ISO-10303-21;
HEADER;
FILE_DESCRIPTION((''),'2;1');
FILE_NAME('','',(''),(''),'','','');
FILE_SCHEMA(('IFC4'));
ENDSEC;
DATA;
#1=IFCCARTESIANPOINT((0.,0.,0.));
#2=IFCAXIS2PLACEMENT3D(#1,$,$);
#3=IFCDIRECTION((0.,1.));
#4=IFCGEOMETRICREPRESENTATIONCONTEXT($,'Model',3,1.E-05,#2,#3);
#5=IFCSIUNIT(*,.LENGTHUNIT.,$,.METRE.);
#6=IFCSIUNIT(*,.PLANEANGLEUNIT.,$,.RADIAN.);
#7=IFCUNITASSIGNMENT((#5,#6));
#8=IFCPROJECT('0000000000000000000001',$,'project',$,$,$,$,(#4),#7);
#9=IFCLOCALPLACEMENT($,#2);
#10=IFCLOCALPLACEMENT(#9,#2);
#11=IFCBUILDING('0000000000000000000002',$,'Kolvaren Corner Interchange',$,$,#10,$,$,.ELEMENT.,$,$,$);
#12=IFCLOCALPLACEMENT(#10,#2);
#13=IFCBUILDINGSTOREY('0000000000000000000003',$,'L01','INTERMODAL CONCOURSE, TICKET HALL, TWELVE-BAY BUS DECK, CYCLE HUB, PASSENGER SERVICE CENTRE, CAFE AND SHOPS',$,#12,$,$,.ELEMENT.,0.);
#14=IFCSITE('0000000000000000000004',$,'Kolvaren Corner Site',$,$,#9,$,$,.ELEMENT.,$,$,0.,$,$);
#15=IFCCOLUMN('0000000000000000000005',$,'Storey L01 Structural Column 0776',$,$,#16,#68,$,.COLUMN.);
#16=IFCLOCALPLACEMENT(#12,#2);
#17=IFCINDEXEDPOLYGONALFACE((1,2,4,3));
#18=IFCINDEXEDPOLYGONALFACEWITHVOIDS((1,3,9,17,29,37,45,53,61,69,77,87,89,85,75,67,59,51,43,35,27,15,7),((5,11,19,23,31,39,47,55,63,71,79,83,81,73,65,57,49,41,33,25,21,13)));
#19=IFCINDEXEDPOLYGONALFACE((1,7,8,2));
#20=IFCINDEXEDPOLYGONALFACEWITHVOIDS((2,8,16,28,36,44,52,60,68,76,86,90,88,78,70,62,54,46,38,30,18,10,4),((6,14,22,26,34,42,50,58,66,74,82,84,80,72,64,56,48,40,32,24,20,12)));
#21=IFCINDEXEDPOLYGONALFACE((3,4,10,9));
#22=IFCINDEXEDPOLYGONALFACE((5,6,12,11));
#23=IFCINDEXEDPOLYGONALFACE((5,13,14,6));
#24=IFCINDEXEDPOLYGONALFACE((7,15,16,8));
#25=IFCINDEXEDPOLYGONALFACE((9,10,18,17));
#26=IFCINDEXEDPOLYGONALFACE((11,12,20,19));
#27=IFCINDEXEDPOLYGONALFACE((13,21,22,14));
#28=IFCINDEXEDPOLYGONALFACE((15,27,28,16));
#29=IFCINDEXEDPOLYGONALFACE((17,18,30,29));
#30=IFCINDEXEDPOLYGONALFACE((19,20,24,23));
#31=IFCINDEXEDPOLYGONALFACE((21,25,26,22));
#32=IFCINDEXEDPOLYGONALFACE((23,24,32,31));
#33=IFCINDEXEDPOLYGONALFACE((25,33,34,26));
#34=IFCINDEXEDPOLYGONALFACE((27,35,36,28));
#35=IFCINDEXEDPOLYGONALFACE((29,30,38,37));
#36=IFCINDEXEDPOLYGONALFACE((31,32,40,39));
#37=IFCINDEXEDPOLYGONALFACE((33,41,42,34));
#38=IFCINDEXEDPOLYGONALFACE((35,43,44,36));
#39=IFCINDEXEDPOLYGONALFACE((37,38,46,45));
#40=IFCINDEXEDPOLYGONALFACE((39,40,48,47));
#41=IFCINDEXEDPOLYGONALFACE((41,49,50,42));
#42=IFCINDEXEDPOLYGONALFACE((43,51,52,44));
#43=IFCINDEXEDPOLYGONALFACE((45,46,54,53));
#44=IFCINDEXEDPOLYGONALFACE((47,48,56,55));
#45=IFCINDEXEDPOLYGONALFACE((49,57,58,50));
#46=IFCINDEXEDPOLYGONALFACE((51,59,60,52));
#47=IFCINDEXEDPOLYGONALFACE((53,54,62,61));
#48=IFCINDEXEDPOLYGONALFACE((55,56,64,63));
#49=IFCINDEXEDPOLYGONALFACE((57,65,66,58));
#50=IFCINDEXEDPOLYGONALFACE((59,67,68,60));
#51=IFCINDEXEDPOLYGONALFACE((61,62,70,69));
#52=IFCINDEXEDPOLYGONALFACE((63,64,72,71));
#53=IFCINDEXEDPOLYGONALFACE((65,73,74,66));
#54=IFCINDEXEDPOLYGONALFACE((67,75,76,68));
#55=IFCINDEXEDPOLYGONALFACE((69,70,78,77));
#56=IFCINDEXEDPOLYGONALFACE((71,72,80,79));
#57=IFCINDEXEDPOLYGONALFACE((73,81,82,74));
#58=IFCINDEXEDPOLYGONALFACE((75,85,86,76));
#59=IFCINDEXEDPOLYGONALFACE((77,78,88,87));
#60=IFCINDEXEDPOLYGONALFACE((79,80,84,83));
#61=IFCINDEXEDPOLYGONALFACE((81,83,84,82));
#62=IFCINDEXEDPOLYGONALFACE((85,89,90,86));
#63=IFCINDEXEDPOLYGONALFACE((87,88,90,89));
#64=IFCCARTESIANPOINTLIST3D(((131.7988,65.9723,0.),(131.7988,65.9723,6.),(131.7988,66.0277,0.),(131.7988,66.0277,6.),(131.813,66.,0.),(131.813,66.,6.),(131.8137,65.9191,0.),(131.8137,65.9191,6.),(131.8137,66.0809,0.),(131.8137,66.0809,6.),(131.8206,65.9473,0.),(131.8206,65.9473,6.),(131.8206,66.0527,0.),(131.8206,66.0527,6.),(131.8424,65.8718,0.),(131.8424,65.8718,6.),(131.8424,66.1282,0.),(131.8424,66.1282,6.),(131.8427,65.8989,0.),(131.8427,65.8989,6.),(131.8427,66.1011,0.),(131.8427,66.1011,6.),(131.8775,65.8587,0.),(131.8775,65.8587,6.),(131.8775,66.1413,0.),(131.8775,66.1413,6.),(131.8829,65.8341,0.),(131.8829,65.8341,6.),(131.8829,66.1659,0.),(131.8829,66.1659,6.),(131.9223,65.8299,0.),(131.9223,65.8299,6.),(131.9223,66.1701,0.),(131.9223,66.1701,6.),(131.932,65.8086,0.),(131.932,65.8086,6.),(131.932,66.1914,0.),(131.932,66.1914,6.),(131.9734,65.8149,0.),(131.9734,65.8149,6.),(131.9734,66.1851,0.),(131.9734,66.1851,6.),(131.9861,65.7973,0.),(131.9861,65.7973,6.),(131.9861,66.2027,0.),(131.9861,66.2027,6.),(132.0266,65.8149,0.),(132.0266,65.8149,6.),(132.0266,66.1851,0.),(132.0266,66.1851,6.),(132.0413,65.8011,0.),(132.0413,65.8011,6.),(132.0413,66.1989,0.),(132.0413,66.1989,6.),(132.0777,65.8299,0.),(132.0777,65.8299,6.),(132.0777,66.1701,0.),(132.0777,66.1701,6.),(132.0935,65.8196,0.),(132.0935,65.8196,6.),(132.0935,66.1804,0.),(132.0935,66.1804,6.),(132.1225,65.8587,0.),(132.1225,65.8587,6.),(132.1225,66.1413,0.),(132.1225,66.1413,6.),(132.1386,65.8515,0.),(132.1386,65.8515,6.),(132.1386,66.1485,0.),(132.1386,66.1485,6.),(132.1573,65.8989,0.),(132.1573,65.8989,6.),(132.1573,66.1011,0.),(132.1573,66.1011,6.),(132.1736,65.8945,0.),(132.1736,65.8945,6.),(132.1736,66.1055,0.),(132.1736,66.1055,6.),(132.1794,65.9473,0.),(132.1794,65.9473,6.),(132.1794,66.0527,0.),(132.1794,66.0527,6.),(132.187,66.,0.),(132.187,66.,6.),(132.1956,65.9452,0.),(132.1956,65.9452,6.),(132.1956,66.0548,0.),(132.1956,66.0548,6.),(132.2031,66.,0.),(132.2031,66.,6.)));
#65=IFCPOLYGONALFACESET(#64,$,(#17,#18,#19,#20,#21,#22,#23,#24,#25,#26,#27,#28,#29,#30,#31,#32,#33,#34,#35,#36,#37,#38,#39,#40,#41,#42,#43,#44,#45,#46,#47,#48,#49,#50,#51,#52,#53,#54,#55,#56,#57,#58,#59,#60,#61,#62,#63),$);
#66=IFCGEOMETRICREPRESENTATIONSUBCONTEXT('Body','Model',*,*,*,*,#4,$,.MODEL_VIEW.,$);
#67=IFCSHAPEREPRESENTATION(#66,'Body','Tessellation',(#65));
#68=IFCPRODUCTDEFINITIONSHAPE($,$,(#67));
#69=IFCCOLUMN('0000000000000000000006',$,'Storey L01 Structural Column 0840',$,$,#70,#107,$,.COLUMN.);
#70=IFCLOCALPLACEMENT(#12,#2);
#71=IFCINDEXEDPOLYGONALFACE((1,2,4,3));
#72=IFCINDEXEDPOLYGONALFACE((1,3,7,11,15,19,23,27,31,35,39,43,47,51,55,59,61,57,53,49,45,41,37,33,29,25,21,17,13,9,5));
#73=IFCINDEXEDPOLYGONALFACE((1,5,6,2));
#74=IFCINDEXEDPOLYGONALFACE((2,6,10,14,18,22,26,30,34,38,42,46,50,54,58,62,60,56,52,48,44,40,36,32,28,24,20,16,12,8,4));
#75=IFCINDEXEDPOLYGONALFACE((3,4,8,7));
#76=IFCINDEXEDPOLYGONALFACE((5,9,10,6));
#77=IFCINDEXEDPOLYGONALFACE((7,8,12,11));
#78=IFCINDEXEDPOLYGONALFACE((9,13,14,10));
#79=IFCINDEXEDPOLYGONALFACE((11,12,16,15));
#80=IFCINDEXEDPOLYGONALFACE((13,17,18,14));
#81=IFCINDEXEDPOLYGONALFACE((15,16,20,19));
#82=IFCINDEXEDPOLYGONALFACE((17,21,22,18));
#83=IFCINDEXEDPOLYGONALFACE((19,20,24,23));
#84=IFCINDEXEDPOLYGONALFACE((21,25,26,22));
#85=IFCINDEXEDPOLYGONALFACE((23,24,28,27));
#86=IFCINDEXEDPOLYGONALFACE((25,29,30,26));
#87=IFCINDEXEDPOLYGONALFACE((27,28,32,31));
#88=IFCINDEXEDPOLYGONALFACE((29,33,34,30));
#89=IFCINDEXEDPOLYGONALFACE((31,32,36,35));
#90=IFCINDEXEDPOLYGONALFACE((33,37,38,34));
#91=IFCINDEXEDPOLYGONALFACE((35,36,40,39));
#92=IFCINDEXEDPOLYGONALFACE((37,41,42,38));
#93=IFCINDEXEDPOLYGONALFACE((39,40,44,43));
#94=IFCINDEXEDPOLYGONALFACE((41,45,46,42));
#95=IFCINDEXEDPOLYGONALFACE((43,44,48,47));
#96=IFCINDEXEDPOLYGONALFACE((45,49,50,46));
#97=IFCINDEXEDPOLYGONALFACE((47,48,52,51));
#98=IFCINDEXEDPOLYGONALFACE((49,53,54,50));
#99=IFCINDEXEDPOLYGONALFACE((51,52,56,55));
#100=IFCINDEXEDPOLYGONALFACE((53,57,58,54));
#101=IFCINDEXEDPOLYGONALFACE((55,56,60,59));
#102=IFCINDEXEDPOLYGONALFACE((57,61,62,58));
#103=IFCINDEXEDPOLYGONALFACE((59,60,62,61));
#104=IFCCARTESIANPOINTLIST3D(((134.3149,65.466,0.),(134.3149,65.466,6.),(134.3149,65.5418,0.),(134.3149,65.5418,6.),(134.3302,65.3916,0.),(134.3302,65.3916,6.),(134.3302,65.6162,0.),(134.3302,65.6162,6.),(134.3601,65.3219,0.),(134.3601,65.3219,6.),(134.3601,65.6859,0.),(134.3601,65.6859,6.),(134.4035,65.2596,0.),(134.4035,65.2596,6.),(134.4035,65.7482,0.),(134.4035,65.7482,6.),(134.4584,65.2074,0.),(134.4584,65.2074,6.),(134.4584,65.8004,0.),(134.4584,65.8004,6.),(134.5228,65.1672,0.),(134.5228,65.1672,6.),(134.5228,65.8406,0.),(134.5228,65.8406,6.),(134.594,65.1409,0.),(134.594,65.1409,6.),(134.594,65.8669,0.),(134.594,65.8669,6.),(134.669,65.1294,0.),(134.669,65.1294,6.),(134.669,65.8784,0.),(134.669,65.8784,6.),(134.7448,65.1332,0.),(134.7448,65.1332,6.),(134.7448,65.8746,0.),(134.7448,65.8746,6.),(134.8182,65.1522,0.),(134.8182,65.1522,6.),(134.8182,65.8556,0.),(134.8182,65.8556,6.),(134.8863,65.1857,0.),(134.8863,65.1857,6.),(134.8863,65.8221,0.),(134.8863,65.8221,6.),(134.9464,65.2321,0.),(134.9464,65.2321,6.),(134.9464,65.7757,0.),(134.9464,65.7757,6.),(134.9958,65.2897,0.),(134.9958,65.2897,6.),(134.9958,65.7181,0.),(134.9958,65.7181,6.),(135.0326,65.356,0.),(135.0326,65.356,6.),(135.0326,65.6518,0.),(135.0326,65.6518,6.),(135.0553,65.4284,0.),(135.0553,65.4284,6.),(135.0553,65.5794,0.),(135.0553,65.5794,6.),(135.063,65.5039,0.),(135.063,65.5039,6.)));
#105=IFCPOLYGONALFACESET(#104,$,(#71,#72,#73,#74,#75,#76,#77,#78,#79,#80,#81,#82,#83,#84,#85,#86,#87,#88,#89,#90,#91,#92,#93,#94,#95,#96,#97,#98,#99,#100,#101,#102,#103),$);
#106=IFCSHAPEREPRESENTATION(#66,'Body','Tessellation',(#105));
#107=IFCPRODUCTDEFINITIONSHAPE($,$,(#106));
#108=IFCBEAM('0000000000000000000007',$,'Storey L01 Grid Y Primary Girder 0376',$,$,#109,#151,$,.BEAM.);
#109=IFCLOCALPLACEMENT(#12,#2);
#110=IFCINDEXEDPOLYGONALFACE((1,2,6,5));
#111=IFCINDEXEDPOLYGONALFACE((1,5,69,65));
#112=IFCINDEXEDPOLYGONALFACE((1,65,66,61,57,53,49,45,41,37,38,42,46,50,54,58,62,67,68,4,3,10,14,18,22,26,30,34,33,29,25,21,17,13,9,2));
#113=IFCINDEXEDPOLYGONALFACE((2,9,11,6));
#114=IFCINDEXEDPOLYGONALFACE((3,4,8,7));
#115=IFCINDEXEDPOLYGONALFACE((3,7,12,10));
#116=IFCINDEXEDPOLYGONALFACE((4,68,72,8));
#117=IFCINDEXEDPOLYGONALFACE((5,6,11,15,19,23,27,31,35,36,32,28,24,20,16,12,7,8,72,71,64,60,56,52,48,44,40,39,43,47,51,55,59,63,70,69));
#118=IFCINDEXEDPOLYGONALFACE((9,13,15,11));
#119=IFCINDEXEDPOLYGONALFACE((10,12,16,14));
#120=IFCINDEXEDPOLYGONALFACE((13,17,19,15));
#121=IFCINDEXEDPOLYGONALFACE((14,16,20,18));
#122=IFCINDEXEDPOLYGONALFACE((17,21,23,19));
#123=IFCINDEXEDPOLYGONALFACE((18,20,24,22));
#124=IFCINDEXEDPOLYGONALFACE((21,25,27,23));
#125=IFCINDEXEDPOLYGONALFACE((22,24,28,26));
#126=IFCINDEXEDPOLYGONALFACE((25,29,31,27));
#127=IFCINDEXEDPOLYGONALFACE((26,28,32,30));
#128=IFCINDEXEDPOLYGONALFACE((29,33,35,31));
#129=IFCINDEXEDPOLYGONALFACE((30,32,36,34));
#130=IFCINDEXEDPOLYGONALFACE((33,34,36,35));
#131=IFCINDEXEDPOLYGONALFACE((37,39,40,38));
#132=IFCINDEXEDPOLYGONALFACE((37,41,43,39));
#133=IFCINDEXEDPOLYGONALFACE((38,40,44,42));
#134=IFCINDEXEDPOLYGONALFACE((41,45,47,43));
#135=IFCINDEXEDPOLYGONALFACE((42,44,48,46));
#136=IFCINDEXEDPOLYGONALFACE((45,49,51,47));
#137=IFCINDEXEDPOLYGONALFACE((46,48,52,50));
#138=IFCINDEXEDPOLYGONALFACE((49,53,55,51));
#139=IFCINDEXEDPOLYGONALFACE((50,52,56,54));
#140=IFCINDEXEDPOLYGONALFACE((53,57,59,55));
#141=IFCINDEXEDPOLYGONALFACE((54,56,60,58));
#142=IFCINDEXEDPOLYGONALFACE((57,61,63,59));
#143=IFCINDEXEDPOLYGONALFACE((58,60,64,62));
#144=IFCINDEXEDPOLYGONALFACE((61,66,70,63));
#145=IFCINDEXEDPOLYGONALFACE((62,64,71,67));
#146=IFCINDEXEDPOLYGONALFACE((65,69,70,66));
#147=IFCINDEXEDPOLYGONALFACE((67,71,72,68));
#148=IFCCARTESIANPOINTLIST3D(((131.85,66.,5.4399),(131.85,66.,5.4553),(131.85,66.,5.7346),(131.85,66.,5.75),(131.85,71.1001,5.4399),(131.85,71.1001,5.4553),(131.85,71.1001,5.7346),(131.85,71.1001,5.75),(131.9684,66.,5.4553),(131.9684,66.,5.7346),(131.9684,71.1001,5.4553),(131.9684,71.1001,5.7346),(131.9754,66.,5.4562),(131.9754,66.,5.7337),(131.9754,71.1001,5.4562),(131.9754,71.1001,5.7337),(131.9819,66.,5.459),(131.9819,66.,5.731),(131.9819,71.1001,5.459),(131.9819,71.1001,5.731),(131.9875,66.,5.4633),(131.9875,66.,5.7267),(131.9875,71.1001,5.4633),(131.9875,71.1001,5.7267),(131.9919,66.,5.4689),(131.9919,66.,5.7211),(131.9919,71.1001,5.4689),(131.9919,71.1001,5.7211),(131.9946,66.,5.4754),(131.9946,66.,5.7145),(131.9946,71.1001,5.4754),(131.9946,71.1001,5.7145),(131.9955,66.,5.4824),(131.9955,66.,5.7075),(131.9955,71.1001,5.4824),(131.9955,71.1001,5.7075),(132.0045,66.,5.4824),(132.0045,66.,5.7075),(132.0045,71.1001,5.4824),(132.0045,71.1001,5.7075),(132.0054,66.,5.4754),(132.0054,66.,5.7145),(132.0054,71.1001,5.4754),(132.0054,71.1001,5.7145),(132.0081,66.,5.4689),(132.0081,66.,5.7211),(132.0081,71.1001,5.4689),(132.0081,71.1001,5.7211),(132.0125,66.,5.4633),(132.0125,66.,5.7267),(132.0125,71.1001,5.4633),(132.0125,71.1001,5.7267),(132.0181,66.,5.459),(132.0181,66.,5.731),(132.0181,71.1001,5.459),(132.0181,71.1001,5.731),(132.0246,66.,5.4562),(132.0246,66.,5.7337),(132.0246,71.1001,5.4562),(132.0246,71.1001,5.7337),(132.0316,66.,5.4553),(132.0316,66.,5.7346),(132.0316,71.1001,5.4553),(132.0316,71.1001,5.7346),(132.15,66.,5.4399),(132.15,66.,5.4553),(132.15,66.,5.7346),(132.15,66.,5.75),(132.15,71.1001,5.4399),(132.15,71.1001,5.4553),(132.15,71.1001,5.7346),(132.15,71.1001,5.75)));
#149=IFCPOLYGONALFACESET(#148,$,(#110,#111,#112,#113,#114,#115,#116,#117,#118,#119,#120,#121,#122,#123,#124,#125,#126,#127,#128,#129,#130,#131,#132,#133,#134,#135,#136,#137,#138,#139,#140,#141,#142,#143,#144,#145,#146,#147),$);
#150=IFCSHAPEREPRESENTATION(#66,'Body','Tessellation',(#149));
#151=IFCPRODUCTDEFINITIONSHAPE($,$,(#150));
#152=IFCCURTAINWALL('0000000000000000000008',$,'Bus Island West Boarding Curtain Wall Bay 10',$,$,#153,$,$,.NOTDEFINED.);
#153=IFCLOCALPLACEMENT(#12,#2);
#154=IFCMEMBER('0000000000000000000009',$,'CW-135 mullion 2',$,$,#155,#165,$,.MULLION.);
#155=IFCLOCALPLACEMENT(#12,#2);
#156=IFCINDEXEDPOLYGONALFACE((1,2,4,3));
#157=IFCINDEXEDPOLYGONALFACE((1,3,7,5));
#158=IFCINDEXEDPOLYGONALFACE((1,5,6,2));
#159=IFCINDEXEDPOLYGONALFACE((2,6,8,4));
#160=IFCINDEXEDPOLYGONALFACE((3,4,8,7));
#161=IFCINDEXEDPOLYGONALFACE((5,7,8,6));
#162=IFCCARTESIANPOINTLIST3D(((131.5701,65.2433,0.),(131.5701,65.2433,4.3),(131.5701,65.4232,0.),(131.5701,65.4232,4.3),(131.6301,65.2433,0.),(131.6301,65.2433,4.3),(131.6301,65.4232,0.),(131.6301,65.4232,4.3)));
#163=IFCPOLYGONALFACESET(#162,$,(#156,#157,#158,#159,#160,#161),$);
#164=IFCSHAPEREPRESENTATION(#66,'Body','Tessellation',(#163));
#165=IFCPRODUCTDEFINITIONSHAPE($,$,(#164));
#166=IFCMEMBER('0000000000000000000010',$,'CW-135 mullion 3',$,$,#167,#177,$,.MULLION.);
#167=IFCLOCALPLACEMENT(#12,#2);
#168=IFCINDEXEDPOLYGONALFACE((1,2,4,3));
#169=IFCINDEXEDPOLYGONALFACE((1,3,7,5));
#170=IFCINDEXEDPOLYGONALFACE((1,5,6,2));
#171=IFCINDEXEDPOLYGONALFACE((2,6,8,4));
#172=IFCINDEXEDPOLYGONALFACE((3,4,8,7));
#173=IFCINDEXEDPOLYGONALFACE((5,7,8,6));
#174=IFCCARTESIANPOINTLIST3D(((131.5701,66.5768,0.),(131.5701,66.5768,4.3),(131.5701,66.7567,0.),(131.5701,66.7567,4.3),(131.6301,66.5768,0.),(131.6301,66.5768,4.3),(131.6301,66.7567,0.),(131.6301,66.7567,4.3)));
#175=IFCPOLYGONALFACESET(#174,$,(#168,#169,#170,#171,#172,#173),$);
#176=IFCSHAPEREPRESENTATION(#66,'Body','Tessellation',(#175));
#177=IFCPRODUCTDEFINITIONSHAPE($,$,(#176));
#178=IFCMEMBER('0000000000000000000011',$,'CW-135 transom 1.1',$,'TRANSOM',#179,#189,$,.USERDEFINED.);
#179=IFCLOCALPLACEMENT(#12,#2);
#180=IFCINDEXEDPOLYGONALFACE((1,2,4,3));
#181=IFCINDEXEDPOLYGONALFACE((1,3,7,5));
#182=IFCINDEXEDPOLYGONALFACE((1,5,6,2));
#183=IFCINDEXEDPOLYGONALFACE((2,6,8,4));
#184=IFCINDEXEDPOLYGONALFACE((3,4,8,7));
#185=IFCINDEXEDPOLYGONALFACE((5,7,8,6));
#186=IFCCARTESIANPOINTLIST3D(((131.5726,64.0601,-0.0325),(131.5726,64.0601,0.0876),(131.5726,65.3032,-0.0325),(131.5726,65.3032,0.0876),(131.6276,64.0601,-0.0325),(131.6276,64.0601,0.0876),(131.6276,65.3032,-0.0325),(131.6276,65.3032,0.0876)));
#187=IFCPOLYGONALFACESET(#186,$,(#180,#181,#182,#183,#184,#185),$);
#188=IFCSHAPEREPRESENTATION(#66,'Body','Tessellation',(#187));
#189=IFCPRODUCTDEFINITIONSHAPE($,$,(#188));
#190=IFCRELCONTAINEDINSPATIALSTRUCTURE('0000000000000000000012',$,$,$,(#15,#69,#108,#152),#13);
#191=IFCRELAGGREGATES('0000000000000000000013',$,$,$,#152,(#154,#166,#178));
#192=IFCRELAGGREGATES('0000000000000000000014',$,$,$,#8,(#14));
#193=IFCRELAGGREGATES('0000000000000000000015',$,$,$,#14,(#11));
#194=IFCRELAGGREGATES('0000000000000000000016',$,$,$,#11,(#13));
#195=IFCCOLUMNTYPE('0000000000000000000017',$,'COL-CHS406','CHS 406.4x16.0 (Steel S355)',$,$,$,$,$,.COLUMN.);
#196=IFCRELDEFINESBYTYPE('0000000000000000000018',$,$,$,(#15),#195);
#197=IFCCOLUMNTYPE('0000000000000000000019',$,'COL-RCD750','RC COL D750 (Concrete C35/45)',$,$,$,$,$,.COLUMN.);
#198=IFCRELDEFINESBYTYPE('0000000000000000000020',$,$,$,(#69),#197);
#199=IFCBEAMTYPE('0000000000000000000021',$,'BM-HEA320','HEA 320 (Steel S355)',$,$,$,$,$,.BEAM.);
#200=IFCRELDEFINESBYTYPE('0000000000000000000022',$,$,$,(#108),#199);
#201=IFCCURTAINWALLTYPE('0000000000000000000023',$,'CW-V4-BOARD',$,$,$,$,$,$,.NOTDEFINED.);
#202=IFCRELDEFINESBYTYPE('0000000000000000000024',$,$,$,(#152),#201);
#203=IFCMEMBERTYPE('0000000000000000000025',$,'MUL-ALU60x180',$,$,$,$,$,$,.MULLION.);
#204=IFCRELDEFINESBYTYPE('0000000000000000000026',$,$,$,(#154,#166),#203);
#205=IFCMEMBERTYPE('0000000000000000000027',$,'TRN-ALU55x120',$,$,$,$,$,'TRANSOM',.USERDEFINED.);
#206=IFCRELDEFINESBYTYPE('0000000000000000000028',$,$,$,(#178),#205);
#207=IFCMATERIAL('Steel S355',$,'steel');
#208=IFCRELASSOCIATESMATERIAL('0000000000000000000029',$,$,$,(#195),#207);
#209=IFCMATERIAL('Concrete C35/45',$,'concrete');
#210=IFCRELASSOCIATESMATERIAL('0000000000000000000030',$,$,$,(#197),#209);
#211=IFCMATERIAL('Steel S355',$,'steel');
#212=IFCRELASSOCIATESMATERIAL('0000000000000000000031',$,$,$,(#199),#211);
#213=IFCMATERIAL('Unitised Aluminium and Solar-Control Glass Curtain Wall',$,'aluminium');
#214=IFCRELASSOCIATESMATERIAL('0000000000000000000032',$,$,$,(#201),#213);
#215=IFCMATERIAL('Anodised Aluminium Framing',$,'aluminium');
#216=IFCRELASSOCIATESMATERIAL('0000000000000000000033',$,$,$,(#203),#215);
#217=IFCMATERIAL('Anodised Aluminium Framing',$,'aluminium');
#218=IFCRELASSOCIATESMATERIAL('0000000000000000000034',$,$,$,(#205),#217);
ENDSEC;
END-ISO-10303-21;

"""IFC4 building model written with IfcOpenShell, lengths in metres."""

from ifc_helpers import new_model, si_unit, direction, frame, origin, origin_2d, place, context, subcontext, project, spatial, rectangle, circle, hollow_circle, i_section, extrude, material, material_profile, profile_set, type_object, element, aggregate, save


model = new_model("IFC4")

# Units and contexts
model_context = context("Model", 3, precision=1e-05, world=origin(), true_north=direction((0.0, 1.0)))
body_context = subcontext(model_context, "Body", "Model", "MODEL_VIEW")
ifc_project = project(units=[si_unit("LENGTHUNIT", "METRE"), si_unit("PLANEANGLEUNIT", "RADIAN")], contexts=[model_context])

# Site, building, storey
site_placement = place(None, origin())
site = spatial("IfcSite", under=ifc_project, at=site_placement, Name="Kolvaren Corner Site", CompositionType="ELEMENT", RefElevation=0.0)
building_placement = place(site_placement, origin())
building = spatial("IfcBuilding", under=site, at=building_placement, Name="Kolvaren Corner Interchange", CompositionType="ELEMENT")
storey_placement = place(building_placement, origin())
storey = spatial("IfcBuildingStorey", under=building, at=storey_placement, Name="L01", Description="INTERMODAL CONCOURSE, TICKET HALL, TWELVE-BAY BUS DECK, CYCLE HUB, PASSENGER SERVICE CENTRE, CAFE AND SHOPS", CompositionType="ELEMENT", Elevation=0.0)

# Columns
ifc_material_1 = material(Name="Steel S355", Category="steel")
ifc_material_profile_1 = material_profile(ifc_material_1, hollow_circle(Radius=0.2031, WallThickness=0.0161, at=origin_2d()), Name="CHS 406.4x16.0")
ifc_profile_set_1 = profile_set([ifc_material_profile_1], Name="Steel S355")
column_type_1 = type_object("IfcColumnType", Name="COL-CHS406", Description="CHS 406.4x16.0 (Steel S355)", PredefinedType="COLUMN", material=ifc_profile_set_1)
column_1_placement = place(storey_placement, frame((132.0, 66.0, 0.0), z_axis=(0.0, 0.0, 1.0), x_axis=(1.0, 0.0, 0.0)))
element("IfcColumn", 1, at=column_1_placement, inside=storey, type_object=column_type_1, Name="Storey L01 Structural Column 0776", PredefinedType="COLUMN", context=body_context, shape_type="SweptSolid", body=[
    extrude(hollow_circle(Radius=0.2031, WallThickness=0.0161, at=origin_2d()), origin(), (0.0, 0.0, 1.0), 6.0),
])
ifc_material_2 = material(Name="Concrete C35/45", Category="concrete")
ifc_material_profile_2 = material_profile(ifc_material_2, circle(Radius=0.375, at=origin_2d()), Name="RC COL D750")
ifc_profile_set_2 = profile_set([ifc_material_profile_2], Name="Concrete C35/45")
column_type_2 = type_object("IfcColumnType", Name="COL-RCD750", Description="RC COL D750 (Concrete C35/45)", PredefinedType="COLUMN", material=ifc_profile_set_2)
column_2_placement = place(storey_placement, frame((134.688, 65.5039, 0.0), z_axis=(0.0, 0.0, 1.0), x_axis=(1.0, 0.0, 0.0)))
element("IfcColumn", 2, at=column_2_placement, inside=storey, type_object=column_type_2, Name="Storey L01 Structural Column 0840", PredefinedType="COLUMN", context=body_context, shape_type="SweptSolid", body=[
    extrude(circle(Radius=0.375, at=origin_2d()), origin(), (0.0, 0.0, 1.0), 6.0),
])

# Beam
ifc_material_3 = material(Name="Steel S355", Category="steel")
ifc_material_profile_3 = material_profile(ifc_material_3, i_section(OverallWidth=0.3, OverallDepth=0.3101, WebThickness=0.009, FlangeThickness=0.0154, FilletRadius=0.0271, at=origin_2d()), Name="HEA 320")
ifc_profile_set_3 = profile_set([ifc_material_profile_3], Name="Steel S355")
beam_type = type_object("IfcBeamType", Name="BM-HEA320", Description="HEA 320 (Steel S355)", PredefinedType="BEAM", material=ifc_profile_set_3)
beam_placement = place(storey_placement, frame((132.0, 66.0, 5.595), z_axis=(0.0, 1.0, 0.0), x_axis=(-1.0, 0.0, 0.0)))
element("IfcBeam", 3, at=beam_placement, inside=storey, type_object=beam_type, Name="Storey L01 Grid Y Primary Girder 0376", PredefinedType="BEAM", context=body_context, shape_type="SweptSolid", body=[
    extrude(i_section(OverallWidth=0.3, OverallDepth=0.3101, WebThickness=0.009, FlangeThickness=0.0154, FilletRadius=0.0271, at=origin_2d()), origin(), (0.0, 0.0, 1.0), 5.1001),
])

# Curtain wall, members
ifc_material_4 = material(Name="Unitised Aluminium and Solar-Control Glass Curtain Wall", Category="aluminium")
curtain_wall_type = type_object("IfcCurtainWallType", Name="CW-V4-BOARD", PredefinedType="NOTDEFINED", material=ifc_material_4)
curtain_wall_placement = place(storey_placement, origin())
curtain_wall = element("IfcCurtainWall", 4, at=curtain_wall_placement, inside=storey, type_object=curtain_wall_type, Name="Bus Island West Boarding Curtain Wall Bay 10", PredefinedType="NOTDEFINED")
ifc_material_5 = material(Name="Anodised Aluminium Framing", Category="aluminium")
ifc_material_profile_4 = material_profile(ifc_material_5, rectangle(XDim=0.0601, YDim=0.1799, at=origin_2d()), Name="ALU 60x180")
ifc_profile_set_4 = profile_set([ifc_material_profile_4], Name="Anodised Aluminium Framing")
member_type_1 = type_object("IfcMemberType", Name="MUL-ALU60x180", PredefinedType="MULLION", material=ifc_profile_set_4)
member_1_placement = place(storey_placement, frame((131.6001, 65.3333, 0.0), z_axis=(0.0, 0.0, 1.0), x_axis=(-1.0, 0.0, 0.0)))
member_1 = element("IfcMember", 5, at=member_1_placement, type_object=member_type_1, Name="CW-135 mullion 2", PredefinedType="MULLION", context=body_context, shape_type="SweptSolid", body=[
    extrude(rectangle(XDim=0.0601, YDim=0.1799, at=origin_2d()), origin(), (0.0, 0.0, 1.0), 4.3),
])
member_2_placement = place(storey_placement, frame((131.6001, 66.6667, 0.0), z_axis=(0.0, 0.0, 1.0), x_axis=(-1.0, 0.0, 0.0)))
member_2 = element("IfcMember", 6, at=member_2_placement, type_object=member_type_1, Name="CW-135 mullion 3", PredefinedType="MULLION", context=body_context, shape_type="SweptSolid", body=[
    extrude(rectangle(XDim=0.0601, YDim=0.1799, at=origin_2d()), origin(), (0.0, 0.0, 1.0), 4.3),
])
ifc_material_6 = material(Name="Anodised Aluminium Framing", Category="aluminium")
ifc_material_profile_5 = material_profile(ifc_material_6, rectangle(XDim=0.0549, YDim=0.1201, at=origin_2d()), Name="ALU 55x120")
ifc_profile_set_5 = profile_set([ifc_material_profile_5], Name="Anodised Aluminium Framing")
member_type_2 = type_object("IfcMemberType", Name="TRN-ALU55x120", ElementType="TRANSOM", PredefinedType="USERDEFINED", material=ifc_profile_set_5)
member_3_placement = place(storey_placement, frame((131.6001, 64.0601, 0.0276), z_axis=(0.0, 1.0, 0.0), x_axis=(-1.0, 0.0, 0.0)))
member_3 = element("IfcMember", 7, at=member_3_placement, type_object=member_type_2, Name="CW-135 transom 1.1", ObjectType="TRANSOM", PredefinedType="USERDEFINED", context=body_context, shape_type="SweptSolid", body=[
    extrude(rectangle(XDim=0.0549, YDim=0.1201, at=origin_2d()), origin(), (0.0, 0.0, 1.0), 1.2432),
])
aggregate(curtain_wall, [member_1, member_2, member_3])

save(model, "model.ifc")
